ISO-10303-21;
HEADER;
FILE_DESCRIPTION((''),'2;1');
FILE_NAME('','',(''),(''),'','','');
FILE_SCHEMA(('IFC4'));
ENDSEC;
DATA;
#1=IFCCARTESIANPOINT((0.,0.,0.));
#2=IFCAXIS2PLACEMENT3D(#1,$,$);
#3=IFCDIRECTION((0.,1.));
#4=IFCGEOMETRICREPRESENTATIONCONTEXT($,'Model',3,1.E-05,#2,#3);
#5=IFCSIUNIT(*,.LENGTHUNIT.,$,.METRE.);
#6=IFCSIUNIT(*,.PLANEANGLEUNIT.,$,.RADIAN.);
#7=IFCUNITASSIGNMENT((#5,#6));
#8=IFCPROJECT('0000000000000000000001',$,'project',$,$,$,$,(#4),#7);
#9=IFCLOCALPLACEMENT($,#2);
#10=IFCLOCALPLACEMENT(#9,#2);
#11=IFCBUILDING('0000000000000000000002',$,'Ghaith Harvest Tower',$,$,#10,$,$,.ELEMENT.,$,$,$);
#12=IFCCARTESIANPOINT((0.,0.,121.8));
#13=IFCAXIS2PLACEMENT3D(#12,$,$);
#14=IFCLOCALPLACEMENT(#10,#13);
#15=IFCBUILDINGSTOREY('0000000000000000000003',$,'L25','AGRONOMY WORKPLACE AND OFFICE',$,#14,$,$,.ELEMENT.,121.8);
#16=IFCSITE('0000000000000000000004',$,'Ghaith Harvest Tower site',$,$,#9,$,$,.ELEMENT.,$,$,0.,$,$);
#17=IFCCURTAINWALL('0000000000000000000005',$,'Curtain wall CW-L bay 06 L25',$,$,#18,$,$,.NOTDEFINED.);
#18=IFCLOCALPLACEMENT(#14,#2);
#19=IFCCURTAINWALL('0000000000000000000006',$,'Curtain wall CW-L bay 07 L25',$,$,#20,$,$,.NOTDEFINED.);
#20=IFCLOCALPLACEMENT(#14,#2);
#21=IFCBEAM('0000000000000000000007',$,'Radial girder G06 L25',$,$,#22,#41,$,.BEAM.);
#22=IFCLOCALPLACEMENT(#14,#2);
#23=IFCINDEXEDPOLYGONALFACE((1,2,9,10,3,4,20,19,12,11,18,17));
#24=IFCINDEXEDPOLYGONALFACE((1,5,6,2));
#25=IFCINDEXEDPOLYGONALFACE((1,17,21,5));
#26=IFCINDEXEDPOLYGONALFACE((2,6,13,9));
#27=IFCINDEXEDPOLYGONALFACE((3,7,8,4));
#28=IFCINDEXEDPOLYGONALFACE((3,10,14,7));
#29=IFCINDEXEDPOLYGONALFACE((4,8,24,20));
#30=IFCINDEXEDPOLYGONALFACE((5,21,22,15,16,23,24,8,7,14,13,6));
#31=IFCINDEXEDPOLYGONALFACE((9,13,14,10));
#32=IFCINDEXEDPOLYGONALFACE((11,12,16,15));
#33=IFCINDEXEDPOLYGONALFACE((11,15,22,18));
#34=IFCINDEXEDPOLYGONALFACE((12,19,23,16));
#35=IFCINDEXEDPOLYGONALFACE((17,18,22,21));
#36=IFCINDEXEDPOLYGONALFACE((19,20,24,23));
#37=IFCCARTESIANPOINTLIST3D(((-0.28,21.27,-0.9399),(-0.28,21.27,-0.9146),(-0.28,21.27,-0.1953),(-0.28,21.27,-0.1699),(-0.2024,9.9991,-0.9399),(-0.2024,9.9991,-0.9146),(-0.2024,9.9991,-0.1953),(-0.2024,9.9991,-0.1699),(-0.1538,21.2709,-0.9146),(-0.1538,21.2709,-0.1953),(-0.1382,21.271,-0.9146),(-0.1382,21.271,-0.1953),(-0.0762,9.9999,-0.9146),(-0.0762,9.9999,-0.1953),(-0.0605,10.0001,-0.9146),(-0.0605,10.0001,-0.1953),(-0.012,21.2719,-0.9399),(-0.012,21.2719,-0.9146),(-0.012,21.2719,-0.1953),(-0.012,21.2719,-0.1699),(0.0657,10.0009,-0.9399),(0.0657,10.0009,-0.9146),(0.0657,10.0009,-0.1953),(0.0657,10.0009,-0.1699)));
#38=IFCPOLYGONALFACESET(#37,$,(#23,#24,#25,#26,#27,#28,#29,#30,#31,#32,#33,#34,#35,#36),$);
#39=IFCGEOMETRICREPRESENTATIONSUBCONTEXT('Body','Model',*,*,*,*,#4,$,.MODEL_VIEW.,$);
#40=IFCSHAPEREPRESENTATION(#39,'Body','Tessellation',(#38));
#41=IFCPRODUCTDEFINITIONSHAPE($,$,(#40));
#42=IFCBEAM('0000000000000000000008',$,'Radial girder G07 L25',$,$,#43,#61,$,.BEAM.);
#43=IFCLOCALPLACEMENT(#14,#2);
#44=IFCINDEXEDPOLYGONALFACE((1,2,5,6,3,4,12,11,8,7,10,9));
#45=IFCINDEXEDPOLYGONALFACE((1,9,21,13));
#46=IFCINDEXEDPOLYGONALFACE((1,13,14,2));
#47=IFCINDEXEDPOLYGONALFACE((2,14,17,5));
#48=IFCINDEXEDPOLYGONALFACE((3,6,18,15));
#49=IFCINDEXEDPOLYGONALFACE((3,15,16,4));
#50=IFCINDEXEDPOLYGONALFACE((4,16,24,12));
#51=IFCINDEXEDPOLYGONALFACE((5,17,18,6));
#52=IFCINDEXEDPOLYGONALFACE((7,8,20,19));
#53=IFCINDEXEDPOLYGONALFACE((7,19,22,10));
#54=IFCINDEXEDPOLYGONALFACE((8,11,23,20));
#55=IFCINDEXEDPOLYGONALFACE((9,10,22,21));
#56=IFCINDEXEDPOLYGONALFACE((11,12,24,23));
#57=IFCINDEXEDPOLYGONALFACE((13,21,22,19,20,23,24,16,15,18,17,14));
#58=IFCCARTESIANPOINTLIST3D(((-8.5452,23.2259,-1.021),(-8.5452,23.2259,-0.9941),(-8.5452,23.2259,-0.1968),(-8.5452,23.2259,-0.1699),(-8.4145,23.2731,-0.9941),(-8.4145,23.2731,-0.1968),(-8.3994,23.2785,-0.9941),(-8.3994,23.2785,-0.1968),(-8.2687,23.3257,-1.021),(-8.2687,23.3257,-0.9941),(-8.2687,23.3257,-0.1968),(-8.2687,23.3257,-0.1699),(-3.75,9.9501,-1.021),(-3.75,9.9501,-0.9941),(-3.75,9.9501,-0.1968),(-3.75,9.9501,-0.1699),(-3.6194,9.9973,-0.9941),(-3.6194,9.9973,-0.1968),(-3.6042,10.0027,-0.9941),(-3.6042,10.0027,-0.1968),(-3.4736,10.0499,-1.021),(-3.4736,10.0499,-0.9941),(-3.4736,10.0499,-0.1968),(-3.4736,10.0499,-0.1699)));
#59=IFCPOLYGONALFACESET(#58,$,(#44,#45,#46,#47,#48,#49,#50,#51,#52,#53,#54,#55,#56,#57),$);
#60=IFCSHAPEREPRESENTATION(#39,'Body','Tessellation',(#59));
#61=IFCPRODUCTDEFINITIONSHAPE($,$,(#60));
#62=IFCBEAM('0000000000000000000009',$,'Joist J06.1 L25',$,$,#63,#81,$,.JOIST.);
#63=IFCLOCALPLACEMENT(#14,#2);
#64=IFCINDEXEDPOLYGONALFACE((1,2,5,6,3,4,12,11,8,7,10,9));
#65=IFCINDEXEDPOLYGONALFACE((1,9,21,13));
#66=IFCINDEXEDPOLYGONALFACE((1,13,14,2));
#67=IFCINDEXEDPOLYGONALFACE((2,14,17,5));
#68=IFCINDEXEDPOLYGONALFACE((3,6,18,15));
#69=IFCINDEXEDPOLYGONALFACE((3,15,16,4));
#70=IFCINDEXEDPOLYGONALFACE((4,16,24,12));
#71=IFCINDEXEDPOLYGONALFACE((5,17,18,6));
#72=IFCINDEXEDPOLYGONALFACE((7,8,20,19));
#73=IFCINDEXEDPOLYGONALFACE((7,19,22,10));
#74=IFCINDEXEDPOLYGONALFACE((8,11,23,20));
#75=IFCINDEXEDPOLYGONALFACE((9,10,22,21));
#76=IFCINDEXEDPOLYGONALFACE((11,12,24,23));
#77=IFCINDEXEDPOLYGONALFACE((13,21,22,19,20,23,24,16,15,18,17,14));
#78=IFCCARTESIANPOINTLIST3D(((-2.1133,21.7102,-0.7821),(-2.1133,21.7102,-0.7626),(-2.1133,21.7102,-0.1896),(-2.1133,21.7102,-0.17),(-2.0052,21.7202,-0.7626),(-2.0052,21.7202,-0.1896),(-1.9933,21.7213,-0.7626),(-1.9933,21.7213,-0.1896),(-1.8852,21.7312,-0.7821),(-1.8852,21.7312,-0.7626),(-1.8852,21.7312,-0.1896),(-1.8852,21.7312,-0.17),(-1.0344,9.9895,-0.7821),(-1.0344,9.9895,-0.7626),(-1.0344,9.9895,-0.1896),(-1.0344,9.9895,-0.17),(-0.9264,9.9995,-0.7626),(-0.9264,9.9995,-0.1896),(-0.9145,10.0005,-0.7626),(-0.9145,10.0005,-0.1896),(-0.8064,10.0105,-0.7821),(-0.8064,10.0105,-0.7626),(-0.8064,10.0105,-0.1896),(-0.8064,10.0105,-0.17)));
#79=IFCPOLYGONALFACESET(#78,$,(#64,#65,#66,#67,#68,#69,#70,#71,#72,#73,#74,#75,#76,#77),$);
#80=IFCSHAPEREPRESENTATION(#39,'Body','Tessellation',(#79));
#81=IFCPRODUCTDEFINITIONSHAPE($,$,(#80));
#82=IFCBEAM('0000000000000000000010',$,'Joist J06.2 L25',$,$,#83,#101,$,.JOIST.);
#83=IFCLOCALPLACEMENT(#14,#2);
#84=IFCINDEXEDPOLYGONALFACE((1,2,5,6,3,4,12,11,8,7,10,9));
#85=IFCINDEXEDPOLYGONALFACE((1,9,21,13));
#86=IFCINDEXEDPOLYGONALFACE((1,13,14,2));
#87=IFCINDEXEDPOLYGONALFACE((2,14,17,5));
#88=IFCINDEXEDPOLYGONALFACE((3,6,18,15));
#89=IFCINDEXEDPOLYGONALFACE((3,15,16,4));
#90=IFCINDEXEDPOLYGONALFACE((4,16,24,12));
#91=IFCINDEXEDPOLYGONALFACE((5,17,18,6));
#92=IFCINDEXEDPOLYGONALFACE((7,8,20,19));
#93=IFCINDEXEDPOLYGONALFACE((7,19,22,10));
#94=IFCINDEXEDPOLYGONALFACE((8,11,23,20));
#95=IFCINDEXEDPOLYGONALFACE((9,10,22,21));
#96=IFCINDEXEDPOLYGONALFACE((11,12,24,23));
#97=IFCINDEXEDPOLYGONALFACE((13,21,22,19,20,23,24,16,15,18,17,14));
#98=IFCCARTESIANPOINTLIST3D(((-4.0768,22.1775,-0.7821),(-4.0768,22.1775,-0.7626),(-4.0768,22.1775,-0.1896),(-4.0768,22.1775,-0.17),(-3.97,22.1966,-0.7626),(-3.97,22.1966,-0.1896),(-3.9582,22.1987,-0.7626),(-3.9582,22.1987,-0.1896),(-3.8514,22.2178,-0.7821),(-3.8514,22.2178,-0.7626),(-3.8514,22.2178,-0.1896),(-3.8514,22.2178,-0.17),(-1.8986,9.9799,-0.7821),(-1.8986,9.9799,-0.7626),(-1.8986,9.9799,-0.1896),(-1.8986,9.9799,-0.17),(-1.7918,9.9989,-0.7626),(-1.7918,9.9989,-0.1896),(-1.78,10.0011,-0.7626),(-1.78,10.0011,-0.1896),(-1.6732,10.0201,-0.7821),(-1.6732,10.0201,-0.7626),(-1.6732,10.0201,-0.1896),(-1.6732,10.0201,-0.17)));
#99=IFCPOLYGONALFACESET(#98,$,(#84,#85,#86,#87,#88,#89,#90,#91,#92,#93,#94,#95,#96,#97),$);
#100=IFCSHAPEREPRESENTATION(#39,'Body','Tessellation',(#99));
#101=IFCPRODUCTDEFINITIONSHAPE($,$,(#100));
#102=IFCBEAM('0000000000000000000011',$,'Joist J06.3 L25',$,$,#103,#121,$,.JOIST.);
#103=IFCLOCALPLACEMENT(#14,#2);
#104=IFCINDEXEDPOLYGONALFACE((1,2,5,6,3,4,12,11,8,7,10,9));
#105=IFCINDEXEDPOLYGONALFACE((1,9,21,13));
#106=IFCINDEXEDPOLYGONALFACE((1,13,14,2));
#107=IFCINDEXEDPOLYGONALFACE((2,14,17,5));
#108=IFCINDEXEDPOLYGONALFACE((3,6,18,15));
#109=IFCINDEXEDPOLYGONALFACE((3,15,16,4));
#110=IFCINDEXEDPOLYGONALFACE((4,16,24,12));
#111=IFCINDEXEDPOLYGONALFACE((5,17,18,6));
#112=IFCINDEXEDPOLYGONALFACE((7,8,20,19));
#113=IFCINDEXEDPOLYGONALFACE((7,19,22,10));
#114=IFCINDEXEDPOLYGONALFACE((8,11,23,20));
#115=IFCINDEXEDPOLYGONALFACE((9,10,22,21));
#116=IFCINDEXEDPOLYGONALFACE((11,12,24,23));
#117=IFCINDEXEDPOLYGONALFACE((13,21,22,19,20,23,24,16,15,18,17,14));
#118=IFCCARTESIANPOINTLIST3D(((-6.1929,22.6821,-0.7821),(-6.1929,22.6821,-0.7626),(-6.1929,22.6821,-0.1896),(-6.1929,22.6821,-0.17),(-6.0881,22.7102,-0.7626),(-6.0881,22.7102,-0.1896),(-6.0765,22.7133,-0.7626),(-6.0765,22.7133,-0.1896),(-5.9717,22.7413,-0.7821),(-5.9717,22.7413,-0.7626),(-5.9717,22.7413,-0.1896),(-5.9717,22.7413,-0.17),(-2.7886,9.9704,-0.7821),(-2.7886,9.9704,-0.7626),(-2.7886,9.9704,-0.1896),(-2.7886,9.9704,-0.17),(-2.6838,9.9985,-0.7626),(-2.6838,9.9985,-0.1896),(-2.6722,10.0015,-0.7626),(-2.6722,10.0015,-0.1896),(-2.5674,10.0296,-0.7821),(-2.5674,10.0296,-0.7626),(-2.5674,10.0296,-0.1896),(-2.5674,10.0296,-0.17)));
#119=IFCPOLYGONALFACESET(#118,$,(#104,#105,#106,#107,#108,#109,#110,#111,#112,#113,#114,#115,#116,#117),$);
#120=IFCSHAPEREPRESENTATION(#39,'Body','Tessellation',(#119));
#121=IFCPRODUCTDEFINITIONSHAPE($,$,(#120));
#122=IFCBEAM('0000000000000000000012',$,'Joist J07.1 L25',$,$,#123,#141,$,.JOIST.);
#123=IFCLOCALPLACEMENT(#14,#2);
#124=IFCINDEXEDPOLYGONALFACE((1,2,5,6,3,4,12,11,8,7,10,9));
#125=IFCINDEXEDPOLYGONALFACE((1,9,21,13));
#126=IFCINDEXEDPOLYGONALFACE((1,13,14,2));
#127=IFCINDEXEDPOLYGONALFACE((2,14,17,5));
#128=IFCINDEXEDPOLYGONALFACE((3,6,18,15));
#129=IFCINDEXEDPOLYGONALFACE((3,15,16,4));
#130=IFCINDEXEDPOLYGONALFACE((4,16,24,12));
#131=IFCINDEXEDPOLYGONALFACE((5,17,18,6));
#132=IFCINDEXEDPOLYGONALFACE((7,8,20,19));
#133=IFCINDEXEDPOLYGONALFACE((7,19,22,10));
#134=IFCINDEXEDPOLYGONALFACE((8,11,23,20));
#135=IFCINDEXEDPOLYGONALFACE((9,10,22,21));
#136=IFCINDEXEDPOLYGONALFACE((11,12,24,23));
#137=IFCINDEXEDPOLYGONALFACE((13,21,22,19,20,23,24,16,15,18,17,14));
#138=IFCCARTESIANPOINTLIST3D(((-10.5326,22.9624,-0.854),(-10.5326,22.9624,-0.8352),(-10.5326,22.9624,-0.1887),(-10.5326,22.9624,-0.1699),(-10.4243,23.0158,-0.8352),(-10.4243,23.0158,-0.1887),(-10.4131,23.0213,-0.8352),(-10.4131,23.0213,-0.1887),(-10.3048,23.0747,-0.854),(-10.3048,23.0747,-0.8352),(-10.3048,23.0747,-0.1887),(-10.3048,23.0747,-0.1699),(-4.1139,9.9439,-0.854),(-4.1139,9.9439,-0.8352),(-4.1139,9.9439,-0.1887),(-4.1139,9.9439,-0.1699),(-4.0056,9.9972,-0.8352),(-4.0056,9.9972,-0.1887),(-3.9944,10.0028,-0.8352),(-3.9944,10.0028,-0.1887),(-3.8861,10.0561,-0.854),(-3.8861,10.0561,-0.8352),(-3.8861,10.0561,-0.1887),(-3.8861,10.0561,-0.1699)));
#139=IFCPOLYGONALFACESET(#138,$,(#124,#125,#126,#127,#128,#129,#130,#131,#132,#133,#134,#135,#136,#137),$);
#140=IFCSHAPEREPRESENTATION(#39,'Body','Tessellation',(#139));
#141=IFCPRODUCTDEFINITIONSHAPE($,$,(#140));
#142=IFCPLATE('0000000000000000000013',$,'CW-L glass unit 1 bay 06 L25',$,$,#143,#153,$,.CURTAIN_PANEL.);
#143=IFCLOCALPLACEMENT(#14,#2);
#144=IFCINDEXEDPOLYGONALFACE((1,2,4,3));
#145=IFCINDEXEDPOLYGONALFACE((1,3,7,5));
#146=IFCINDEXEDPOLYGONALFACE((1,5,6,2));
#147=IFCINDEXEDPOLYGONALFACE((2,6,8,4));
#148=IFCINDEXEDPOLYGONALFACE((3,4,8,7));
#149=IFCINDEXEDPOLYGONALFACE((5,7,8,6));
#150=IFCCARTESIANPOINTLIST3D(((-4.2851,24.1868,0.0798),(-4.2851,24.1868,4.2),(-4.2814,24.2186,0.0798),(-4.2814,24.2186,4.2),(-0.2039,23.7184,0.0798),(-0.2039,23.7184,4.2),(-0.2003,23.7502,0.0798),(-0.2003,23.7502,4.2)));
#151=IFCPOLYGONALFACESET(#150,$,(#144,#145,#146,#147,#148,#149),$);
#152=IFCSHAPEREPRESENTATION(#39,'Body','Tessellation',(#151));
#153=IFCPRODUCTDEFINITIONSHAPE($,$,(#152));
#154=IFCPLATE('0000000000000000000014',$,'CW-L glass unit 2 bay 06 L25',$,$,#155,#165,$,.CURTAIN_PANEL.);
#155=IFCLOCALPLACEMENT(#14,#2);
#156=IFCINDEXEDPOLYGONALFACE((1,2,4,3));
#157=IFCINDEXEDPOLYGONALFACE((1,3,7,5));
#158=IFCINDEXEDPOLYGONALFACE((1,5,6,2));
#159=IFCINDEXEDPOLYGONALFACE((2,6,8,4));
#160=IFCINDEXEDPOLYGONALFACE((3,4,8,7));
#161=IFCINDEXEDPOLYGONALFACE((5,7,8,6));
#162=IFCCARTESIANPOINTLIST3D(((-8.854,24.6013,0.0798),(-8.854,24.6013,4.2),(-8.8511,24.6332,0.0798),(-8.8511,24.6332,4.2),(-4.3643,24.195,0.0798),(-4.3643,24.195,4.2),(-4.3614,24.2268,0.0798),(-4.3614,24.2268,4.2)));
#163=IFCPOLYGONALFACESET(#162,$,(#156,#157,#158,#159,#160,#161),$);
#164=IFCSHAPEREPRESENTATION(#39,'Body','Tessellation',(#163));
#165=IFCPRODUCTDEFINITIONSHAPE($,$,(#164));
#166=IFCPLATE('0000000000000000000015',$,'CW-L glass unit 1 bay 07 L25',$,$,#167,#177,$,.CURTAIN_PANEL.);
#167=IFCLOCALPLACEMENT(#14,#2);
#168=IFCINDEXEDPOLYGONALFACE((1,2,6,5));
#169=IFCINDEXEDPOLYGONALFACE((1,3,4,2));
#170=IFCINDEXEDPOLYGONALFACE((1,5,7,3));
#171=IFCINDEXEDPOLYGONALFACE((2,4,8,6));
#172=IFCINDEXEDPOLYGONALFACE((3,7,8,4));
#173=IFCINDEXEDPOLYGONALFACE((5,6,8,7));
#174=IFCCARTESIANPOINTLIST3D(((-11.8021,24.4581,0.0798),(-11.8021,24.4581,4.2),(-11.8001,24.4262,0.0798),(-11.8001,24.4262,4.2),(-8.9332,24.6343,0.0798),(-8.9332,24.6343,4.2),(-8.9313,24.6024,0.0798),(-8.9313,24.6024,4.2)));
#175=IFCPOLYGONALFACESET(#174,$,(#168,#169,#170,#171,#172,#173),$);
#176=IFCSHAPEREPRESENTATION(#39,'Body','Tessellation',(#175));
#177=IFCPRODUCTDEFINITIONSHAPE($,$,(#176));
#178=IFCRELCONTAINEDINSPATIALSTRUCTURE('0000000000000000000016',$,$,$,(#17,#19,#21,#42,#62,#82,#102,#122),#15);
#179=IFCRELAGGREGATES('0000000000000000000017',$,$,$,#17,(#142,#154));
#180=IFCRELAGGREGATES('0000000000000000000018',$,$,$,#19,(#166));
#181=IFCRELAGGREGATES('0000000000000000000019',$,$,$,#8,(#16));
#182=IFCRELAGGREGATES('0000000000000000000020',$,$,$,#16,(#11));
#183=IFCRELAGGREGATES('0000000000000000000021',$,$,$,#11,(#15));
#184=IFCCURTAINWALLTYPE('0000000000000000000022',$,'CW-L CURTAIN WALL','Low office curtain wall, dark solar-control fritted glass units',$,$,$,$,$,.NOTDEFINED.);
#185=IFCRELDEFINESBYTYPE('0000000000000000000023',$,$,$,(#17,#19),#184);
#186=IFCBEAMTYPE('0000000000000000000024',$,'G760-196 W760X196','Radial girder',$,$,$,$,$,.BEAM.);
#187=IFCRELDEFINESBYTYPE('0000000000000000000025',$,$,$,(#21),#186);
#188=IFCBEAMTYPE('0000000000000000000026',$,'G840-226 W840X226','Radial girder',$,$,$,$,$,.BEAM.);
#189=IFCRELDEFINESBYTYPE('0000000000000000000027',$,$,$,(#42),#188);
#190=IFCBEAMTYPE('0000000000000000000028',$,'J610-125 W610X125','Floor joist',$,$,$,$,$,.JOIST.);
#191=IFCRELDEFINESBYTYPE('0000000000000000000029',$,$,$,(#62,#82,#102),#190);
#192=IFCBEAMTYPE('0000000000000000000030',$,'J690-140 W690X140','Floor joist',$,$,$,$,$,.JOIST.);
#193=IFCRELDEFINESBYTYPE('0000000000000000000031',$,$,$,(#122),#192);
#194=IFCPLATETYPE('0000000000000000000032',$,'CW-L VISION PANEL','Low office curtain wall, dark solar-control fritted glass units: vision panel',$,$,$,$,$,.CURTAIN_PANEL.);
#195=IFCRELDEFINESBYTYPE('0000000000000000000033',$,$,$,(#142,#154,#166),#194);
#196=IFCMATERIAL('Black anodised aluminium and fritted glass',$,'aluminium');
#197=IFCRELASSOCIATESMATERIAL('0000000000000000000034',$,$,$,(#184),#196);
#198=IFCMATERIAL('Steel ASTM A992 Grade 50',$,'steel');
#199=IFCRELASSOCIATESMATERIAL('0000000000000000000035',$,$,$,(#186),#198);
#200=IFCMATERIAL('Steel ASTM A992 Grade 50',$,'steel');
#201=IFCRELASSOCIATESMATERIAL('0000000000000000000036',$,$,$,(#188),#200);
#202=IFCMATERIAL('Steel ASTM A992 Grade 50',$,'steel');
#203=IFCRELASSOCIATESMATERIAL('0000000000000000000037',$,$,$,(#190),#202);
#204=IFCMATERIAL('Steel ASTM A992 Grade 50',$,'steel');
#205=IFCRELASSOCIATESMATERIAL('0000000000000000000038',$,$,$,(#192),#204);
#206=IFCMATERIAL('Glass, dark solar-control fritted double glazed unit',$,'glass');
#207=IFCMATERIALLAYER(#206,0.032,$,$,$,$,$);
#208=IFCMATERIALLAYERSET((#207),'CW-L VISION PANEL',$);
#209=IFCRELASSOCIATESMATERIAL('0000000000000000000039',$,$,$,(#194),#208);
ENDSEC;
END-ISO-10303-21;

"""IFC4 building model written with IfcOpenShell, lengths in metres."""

from ifc_helpers import new_model, si_unit, direction, frame, origin, origin_2d, place, context, subcontext, project, spatial, rectangle, i_section, extrude, material, layer, layer_set, material_profile, profile_set, type_object, element, aggregate, save


model = new_model("IFC4")

# Units and contexts
model_context = context("Model", 3, precision=1e-05, world=origin(), true_north=direction((0.0, 1.0)))
body_context = subcontext(model_context, "Body", "Model", "MODEL_VIEW")
ifc_project = project(units=[si_unit("LENGTHUNIT", "METRE"), si_unit("PLANEANGLEUNIT", "RADIAN")], contexts=[model_context])

# Site, building, storey
site_placement = place(None, origin())
site = spatial("IfcSite", under=ifc_project, at=site_placement, Name="Ghaith Harvest Tower site", CompositionType="ELEMENT", RefElevation=0.0)
building_placement = place(site_placement, origin())
building = spatial("IfcBuilding", under=site, at=building_placement, Name="Ghaith Harvest Tower", CompositionType="ELEMENT")
storey_placement = place(building_placement, frame((0.0, 0.0, 121.8)))
storey = spatial("IfcBuildingStorey", under=building, at=storey_placement, Name="L25", Description="AGRONOMY WORKPLACE AND OFFICE", CompositionType="ELEMENT", Elevation=121.8)

# Curtain walls
ifc_material_1 = material(Name="Black anodised aluminium and fritted glass", Category="aluminium")
curtain_wall_type = type_object("IfcCurtainWallType", Name="CW-L CURTAIN WALL", Description="Low office curtain wall, dark solar-control fritted glass units", PredefinedType="NOTDEFINED", material=ifc_material_1)
curtain_wall_1_placement = place(storey_placement, origin())
curtain_wall_1 = element("IfcCurtainWall", 1, at=curtain_wall_1_placement, inside=storey, type_object=curtain_wall_type, Name="Curtain wall CW-L bay 06 L25", PredefinedType="NOTDEFINED")
curtain_wall_2_placement = place(storey_placement, origin())
curtain_wall_2 = element("IfcCurtainWall", 2, at=curtain_wall_2_placement, inside=storey, type_object=curtain_wall_type, Name="Curtain wall CW-L bay 07 L25", PredefinedType="NOTDEFINED")

# Beams
ifc_material_2 = material(Name="Steel ASTM A992 Grade 50", Category="steel")
ifc_material_profile_1 = material_profile(ifc_material_2, i_section(OverallWidth=0.2681, OverallDepth=0.77, WebThickness=0.0156, FlangeThickness=0.0254, at=origin_2d()), Name="W760X196")
ifc_profile_set_1 = profile_set([ifc_material_profile_1], Name="Steel ASTM A992 Grade 50")
beam_type_1 = type_object("IfcBeamType", Name="G760-196 W760X196", Description="Radial girder", PredefinedType="BEAM", material=ifc_profile_set_1)
beam_1_placement = place(storey_placement, frame((-0.0684, 10.0, -0.5549), z_axis=(-0.006888, 0.999976, 0.0), x_axis=(-0.999976, -0.006888, 0.0)))
element("IfcBeam", 3, at=beam_1_placement, inside=storey, type_object=beam_type_1, Name="Radial girder G06 L25", PredefinedType="BEAM", context=body_context, shape_type="SweptSolid", body=[
    extrude(i_section(OverallWidth=0.2681, OverallDepth=0.77, WebThickness=0.0156, FlangeThickness=0.0254, at=origin_2d()), origin(), (0.0, 0.0, 1.0), 11.2712),
])
ifc_material_3 = material(Name="Steel ASTM A992 Grade 50", Category="steel")
ifc_material_profile_2 = material_profile(ifc_material_3, i_section(OverallWidth=0.2939, OverallDepth=0.8511, WebThickness=0.0161, FlangeThickness=0.0269, at=origin_2d()), Name="W840X226")
ifc_profile_set_2 = profile_set([ifc_material_profile_2], Name="Steel ASTM A992 Grade 50")
beam_type_2 = type_object("IfcBeamType", Name="G840-226 W840X226", Description="Radial girder", PredefinedType="BEAM", material=ifc_profile_set_2)
beam_2_placement = place(storey_placement, frame((-3.6118, 10.0, -0.5955), z_axis=(-0.339713, 0.940529, 0.0), x_axis=(-0.940529, -0.339713, 0.0)))
element("IfcBeam", 4, at=beam_2_placement, inside=storey, type_object=beam_type_2, Name="Radial girder G07 L25", PredefinedType="BEAM", context=body_context, shape_type="SweptSolid", body=[
    extrude(i_section(OverallWidth=0.2939, OverallDepth=0.8511, WebThickness=0.0161, FlangeThickness=0.0269, at=origin_2d()), origin(), (0.0, 0.0, 1.0), 14.1152),
])
ifc_material_4 = material(Name="Steel ASTM A992 Grade 50", Category="steel")
ifc_material_profile_3 = material_profile(ifc_material_4, i_section(OverallWidth=0.229, OverallDepth=0.6121, WebThickness=0.012, FlangeThickness=0.0195, at=origin_2d()), Name="W610X125")
ifc_profile_set_3 = profile_set([ifc_material_profile_3], Name="Steel ASTM A992 Grade 50")
beam_type_3 = type_object("IfcBeamType", Name="J610-125 W610X125", Description="Floor joist", PredefinedType="JOIST", material=ifc_profile_set_3)
beam_3_placement = place(storey_placement, frame((-0.9204, 10.0, -0.4761), z_axis=(-0.09166, 0.99579, 0.0), x_axis=(-0.99579, -0.09166, 0.0)))
element("IfcBeam", 5, at=beam_3_placement, inside=storey, type_object=beam_type_3, Name="Joist J06.1 L25", PredefinedType="JOIST", context=body_context, shape_type="SweptSolid", body=[
    extrude(i_section(OverallWidth=0.229, OverallDepth=0.6121, WebThickness=0.012, FlangeThickness=0.0195, at=origin_2d()), origin(), (0.0, 0.0, 1.0), 11.7703),
])
beam_4_placement = place(storey_placement, frame((-1.7859, 10.0, -0.4761), z_axis=(-0.175795, 0.984427, 0.0), x_axis=(-0.984427, -0.175795, 0.0)))
element("IfcBeam", 6, at=beam_4_placement, inside=storey, type_object=beam_type_3, Name="Joist J06.2 L25", PredefinedType="JOIST", context=body_context, shape_type="SweptSolid", body=[
    extrude(i_section(OverallWidth=0.229, OverallDepth=0.6121, WebThickness=0.012, FlangeThickness=0.0195, at=origin_2d()), origin(), (0.0, 0.0, 1.0), 12.3906),
])
beam_5_placement = place(storey_placement, frame((-2.678, 10.0, -0.4761), z_axis=(-0.258693, 0.96596, 0.0), x_axis=(-0.96596, -0.258693, 0.0)))
element("IfcBeam", 7, at=beam_5_placement, inside=storey, type_object=beam_type_3, Name="Joist J06.3 L25", PredefinedType="JOIST", context=body_context, shape_type="SweptSolid", body=[
    extrude(i_section(OverallWidth=0.229, OverallDepth=0.6121, WebThickness=0.012, FlangeThickness=0.0195, at=origin_2d()), origin(), (0.0, 0.0, 1.0), 13.1597),
])
ifc_material_5 = material(Name="Steel ASTM A992 Grade 50", Category="steel")
ifc_material_profile_4 = material_profile(ifc_material_5, i_section(OverallWidth=0.2539, OverallDepth=0.6841, WebThickness=0.0125, FlangeThickness=0.0188, at=origin_2d()), Name="W690X140")
ifc_profile_set_4 = profile_set([ifc_material_profile_4], Name="Steel ASTM A992 Grade 50")
beam_type_4 = type_object("IfcBeamType", Name="J690-140 W690X140", Description="Floor joist", PredefinedType="JOIST", material=ifc_profile_set_4)
beam_6_placement = place(storey_placement, frame((-4.0, 10.0, -0.512), z_axis=(-0.442214, 0.896909, 0.0), x_axis=(-0.896909, -0.442214, 0.0)))
element("IfcBeam", 8, at=beam_6_placement, inside=storey, type_object=beam_type_4, Name="Joist J07.1 L25", PredefinedType="JOIST", context=body_context, shape_type="SweptSolid", body=[
    extrude(i_section(OverallWidth=0.2539, OverallDepth=0.6841, WebThickness=0.0125, FlangeThickness=0.0188, at=origin_2d()), origin(), (0.0, 0.0, 1.0), 14.5149),
])

# Plates
ifc_material_6 = material(Name="Glass, dark solar-control fritted double glazed unit", Category="glass")
ifc_layer_1 = layer(ifc_material_6, 0.032)
ifc_layer_set_1 = layer_set([ifc_layer_1], Name="CW-L VISION PANEL")
plate_type = type_object("IfcPlateType", Name="CW-L VISION PANEL", Description="Low office curtain wall, dark solar-control fritted glass units: vision panel", PredefinedType="CURTAIN_PANEL", material=ifc_layer_set_1)
plate_1_placement = place(storey_placement, frame((-2.2427, 23.9685, 0.0798), z_axis=(0.0, 0.0, 1.0), x_axis=(-0.993477, 0.114032, 0.0)))
plate_1 = element("IfcPlate", 9, at=plate_1_placement, type_object=plate_type, Name="CW-L glass unit 1 bay 06 L25", PredefinedType="CURTAIN_PANEL", context=body_context, shape_type="SweptSolid", body=[
    extrude(rectangle(XDim=4.1079, YDim=0.032, at=origin_2d()), origin(), (0.0, 0.0, 1.0), 4.1201),
])
plate_2_placement = place(storey_placement, frame((-6.6077, 24.4141, 0.0798), z_axis=(0.0, 0.0, 1.0), x_axis=(-0.995929, 0.090144, 0.0)))
plate_2 = element("IfcPlate", 10, at=plate_2_placement, type_object=plate_type, Name="CW-L glass unit 2 bay 06 L25", PredefinedType="CURTAIN_PANEL", context=body_context, shape_type="SweptSolid", body=[
    extrude(rectangle(XDim=4.5081, YDim=0.032, at=origin_2d()), origin(), (0.0, 0.0, 1.0), 4.1201),
])
aggregate(curtain_wall_1, [plate_1, plate_2])
plate_3_placement = place(storey_placement, frame((-10.3667, 24.5303, 0.0798), z_axis=(0.0, 0.0, 1.0), x_axis=(-0.998119, -0.061303, 0.0)))
plate_3 = element("IfcPlate", 11, at=plate_3_placement, type_object=plate_type, Name="CW-L glass unit 1 bay 07 L25", PredefinedType="CURTAIN_PANEL", context=body_context, shape_type="SweptSolid", body=[
    extrude(rectangle(XDim=2.8743, YDim=0.032, at=origin_2d()), origin(), (0.0, 0.0, 1.0), 4.1201),
])
aggregate(curtain_wall_2, [plate_3])

save(model, "model.ifc")
